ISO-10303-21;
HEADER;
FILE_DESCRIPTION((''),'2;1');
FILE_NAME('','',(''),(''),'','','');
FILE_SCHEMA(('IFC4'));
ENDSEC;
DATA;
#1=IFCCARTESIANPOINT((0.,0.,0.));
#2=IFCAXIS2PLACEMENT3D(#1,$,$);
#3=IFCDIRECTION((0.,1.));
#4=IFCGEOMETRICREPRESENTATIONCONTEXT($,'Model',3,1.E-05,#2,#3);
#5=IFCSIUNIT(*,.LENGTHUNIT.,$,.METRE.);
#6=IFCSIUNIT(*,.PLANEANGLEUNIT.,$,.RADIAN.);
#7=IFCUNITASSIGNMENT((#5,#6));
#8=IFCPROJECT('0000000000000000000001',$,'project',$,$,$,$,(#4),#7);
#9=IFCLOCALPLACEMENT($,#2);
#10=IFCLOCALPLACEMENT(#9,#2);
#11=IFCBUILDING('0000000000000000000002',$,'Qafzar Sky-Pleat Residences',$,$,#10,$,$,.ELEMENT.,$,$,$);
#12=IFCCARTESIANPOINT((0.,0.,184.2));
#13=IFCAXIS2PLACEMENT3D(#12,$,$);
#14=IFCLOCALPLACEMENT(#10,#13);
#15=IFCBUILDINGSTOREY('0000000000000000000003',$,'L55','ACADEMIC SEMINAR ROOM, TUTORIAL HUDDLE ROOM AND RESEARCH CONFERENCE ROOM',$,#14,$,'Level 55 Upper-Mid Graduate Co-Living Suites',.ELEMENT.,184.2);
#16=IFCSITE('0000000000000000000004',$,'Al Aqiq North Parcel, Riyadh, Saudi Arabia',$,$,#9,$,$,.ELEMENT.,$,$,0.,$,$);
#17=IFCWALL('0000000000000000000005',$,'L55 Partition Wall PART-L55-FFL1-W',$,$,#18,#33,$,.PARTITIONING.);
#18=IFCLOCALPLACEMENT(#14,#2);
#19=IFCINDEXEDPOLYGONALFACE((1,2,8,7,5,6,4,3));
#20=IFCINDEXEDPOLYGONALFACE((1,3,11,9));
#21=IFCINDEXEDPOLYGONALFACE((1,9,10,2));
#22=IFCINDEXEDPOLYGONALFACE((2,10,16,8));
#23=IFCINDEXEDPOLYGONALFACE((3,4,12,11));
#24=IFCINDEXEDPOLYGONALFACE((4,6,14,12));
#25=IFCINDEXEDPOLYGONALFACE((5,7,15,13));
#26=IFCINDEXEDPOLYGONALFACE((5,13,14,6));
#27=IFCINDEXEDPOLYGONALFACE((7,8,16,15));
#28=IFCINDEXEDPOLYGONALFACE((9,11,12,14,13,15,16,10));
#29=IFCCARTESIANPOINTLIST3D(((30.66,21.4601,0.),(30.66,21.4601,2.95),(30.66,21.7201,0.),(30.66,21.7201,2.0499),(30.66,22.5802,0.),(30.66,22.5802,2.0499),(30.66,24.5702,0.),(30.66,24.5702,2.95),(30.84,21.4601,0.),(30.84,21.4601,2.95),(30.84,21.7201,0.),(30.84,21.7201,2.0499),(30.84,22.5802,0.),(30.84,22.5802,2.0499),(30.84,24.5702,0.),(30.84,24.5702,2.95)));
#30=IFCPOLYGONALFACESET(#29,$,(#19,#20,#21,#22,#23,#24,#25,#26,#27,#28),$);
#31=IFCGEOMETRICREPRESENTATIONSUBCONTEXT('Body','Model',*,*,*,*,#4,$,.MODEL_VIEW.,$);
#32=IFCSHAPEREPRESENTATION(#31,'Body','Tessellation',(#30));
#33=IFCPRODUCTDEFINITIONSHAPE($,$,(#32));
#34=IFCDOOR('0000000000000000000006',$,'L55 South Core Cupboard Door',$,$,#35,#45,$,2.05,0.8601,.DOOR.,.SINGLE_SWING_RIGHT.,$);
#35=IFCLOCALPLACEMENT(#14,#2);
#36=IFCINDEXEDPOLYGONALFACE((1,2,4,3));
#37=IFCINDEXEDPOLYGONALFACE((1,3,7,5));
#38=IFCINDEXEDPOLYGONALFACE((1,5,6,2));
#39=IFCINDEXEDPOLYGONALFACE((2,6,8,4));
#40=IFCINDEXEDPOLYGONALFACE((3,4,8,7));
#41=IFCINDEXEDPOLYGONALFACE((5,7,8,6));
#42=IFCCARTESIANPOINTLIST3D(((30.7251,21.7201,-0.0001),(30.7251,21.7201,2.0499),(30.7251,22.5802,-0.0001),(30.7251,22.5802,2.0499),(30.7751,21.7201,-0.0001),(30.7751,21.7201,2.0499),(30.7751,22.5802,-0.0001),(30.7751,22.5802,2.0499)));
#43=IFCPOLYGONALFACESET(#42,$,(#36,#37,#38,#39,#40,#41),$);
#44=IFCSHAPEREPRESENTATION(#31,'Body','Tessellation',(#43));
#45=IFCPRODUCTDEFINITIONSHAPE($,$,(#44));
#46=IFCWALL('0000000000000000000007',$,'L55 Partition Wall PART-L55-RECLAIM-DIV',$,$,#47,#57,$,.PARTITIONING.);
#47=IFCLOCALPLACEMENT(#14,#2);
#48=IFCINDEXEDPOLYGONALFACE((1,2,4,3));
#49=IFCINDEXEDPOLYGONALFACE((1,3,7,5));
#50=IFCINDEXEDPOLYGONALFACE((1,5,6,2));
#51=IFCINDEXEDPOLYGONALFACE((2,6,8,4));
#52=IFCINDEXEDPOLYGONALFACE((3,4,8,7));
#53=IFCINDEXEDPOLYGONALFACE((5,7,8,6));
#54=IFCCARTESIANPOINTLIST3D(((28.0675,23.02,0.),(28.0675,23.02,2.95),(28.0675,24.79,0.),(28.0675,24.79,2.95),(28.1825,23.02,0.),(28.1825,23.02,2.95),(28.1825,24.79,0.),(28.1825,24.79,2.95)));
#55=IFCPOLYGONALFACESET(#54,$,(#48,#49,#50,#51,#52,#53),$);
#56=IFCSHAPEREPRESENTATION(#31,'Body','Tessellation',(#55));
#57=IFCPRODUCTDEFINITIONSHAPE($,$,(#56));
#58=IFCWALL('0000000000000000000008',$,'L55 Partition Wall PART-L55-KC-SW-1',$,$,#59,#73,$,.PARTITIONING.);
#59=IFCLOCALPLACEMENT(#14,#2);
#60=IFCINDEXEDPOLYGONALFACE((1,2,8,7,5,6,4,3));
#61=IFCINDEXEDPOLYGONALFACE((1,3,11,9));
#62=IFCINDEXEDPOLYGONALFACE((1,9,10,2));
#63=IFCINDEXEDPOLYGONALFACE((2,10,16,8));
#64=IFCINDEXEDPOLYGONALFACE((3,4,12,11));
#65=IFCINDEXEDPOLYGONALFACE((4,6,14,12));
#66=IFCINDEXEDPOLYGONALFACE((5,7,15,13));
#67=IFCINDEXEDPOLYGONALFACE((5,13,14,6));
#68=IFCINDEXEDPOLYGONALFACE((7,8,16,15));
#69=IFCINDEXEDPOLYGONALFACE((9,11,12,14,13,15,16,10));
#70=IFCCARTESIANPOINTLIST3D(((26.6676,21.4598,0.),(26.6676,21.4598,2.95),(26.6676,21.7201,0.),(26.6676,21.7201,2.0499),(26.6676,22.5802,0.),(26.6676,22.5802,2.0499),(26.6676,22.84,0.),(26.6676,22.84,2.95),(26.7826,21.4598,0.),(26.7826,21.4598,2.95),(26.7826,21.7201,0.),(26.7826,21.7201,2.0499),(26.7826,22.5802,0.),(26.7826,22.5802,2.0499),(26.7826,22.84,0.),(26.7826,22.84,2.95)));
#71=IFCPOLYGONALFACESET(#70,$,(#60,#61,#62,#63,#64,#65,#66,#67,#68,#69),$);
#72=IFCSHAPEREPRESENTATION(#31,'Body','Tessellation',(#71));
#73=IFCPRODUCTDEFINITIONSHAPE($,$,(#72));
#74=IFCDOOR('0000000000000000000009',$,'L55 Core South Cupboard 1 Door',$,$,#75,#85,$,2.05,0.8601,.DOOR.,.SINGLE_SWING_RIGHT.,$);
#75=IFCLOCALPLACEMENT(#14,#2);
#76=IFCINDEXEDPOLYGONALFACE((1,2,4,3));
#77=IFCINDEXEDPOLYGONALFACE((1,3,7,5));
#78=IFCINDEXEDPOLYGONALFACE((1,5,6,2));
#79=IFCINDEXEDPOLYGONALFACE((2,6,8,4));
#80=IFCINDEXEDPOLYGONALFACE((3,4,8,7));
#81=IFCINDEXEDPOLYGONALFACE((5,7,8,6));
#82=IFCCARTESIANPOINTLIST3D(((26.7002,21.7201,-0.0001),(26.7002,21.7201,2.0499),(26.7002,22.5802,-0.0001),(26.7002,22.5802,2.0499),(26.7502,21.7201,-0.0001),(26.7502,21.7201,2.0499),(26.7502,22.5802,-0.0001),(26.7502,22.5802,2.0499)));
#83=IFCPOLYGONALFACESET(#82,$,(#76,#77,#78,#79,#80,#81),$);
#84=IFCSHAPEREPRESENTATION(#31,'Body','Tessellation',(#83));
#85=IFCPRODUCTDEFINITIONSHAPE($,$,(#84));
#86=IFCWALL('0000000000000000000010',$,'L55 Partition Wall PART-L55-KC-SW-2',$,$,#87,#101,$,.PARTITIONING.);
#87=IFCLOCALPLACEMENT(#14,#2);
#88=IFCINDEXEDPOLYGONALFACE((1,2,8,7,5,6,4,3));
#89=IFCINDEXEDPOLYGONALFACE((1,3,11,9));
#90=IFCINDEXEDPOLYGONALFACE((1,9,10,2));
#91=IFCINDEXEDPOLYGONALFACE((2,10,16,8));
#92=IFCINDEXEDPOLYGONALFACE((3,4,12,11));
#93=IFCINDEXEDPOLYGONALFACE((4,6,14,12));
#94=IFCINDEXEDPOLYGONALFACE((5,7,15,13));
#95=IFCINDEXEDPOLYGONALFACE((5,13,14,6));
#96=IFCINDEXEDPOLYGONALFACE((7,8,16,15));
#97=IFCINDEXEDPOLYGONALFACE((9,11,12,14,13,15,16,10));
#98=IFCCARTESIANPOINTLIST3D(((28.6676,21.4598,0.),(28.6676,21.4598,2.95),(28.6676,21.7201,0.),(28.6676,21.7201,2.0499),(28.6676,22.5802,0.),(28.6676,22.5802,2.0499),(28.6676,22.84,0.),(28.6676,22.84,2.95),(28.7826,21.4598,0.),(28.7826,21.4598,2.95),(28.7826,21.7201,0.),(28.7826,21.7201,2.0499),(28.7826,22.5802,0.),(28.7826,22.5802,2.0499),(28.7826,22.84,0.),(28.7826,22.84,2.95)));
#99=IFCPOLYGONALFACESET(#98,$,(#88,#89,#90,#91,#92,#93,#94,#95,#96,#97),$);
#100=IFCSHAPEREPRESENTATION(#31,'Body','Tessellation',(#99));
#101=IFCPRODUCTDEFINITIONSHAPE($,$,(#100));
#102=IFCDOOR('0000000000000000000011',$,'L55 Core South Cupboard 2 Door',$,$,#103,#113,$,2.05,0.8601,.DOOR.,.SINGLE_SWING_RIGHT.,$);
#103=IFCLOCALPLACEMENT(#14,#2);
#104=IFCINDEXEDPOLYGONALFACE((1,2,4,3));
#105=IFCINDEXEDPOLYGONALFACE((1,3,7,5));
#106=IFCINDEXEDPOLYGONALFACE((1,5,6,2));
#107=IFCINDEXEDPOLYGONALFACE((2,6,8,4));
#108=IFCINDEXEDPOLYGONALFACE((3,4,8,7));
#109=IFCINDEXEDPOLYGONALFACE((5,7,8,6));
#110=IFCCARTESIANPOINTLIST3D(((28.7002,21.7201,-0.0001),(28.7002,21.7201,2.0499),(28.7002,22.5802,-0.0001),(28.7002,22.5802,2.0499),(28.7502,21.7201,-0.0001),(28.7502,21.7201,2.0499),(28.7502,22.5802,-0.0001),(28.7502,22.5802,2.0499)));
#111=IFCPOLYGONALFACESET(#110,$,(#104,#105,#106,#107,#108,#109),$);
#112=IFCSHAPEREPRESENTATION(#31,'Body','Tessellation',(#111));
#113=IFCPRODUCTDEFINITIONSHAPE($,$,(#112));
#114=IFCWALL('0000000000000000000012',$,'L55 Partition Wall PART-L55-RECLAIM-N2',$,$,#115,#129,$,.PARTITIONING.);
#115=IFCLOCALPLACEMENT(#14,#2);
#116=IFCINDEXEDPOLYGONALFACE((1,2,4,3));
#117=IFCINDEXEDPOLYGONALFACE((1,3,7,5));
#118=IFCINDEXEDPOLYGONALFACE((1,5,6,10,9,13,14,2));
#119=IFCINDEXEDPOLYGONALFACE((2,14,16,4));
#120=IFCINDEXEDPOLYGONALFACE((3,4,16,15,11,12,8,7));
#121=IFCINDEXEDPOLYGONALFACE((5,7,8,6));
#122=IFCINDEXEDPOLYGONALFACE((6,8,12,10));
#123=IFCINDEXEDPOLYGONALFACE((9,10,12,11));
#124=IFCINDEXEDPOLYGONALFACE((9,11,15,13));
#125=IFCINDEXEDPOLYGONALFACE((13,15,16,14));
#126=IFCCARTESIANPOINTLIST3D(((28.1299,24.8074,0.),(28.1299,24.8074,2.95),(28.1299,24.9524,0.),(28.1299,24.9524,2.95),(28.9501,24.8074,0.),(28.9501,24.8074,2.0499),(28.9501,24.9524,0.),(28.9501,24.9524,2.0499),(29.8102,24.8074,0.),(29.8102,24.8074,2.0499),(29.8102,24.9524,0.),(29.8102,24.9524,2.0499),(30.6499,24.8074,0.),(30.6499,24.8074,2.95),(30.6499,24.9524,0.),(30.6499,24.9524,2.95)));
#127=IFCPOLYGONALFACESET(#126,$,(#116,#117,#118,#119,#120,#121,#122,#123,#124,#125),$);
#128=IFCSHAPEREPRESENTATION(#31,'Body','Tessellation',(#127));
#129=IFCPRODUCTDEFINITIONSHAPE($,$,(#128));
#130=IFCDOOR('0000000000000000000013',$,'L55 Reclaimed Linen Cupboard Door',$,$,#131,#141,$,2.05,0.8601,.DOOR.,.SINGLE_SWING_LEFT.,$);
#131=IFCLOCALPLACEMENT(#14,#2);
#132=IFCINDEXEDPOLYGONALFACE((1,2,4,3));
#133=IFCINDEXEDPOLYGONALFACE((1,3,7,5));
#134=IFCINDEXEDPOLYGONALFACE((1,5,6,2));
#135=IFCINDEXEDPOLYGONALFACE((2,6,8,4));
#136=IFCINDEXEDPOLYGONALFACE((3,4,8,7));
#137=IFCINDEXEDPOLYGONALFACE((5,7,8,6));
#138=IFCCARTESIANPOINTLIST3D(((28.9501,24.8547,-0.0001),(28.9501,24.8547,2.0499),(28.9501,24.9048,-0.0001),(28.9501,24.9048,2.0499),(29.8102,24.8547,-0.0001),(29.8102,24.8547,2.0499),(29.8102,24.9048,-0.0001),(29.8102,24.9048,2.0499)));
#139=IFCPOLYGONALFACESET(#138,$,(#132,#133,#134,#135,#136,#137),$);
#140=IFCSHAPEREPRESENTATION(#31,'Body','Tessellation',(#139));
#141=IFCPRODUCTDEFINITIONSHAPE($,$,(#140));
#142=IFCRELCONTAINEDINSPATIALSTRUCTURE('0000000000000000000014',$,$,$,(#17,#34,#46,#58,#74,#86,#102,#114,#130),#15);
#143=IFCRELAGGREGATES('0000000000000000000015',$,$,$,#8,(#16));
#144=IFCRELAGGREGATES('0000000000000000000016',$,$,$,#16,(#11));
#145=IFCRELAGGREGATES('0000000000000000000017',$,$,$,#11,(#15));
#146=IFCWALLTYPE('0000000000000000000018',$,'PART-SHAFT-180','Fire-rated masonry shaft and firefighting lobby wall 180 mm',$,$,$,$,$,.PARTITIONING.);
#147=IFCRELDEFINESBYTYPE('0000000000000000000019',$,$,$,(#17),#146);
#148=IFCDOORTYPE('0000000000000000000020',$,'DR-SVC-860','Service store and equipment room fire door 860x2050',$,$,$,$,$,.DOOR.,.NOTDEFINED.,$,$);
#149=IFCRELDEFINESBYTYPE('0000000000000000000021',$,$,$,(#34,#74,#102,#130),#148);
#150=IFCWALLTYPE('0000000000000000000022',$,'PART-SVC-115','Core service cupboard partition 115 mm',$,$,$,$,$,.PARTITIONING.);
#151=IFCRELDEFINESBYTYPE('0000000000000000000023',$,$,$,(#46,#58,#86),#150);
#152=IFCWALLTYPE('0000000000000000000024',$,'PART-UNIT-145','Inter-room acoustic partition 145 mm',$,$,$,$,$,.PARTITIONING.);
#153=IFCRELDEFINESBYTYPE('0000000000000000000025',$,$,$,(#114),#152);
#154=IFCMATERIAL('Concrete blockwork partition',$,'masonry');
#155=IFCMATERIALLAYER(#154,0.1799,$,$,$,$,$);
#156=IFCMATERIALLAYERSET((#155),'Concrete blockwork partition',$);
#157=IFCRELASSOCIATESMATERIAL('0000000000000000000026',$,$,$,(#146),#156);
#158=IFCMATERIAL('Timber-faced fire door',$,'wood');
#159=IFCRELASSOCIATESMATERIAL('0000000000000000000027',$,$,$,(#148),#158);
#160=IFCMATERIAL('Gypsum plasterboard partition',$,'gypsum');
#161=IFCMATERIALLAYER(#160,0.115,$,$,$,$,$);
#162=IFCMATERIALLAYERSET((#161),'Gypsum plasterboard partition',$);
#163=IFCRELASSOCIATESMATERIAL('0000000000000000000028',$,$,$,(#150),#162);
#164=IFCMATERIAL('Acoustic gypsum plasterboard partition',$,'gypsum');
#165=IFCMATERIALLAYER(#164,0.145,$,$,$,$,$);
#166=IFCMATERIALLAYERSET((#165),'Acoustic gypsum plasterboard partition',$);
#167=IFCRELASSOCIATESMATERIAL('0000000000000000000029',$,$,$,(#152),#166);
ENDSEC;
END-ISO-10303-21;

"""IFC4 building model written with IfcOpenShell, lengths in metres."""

from ifc_helpers import new_model, si_unit, direction, frame, frame_2d, origin, place, context, subcontext, project, spatial, rectangle, extrude, source, transform, mapped, material, layer, layer_set, type_object, element, fill, save


model = new_model("IFC4")

# Units and contexts
model_context = context("Model", 3, precision=1e-05, world=origin(), true_north=direction((0.0, 1.0)))
body_context = subcontext(model_context, "Body", "Model", "MODEL_VIEW")
ifc_project = project(units=[si_unit("LENGTHUNIT", "METRE"), si_unit("PLANEANGLEUNIT", "RADIAN")], contexts=[model_context])

# Site, building, storey
site_placement = place(None, origin())
site = spatial("IfcSite", under=ifc_project, at=site_placement, Name="Al Aqiq North Parcel, Riyadh, Saudi Arabia", CompositionType="ELEMENT", RefElevation=0.0)
building_placement = place(site_placement, origin())
building = spatial("IfcBuilding", under=site, at=building_placement, Name="Qafzar Sky-Pleat Residences", CompositionType="ELEMENT")
storey_placement = place(building_placement, frame((0.0, 0.0, 184.2)))
storey = spatial("IfcBuildingStorey", under=building, at=storey_placement, Name="L55", Description="ACADEMIC SEMINAR ROOM, TUTORIAL HUDDLE ROOM AND RESEARCH CONFERENCE ROOM", LongName="Level 55 Upper-Mid Graduate Co-Living Suites", CompositionType="ELEMENT", Elevation=184.2)

# Wall, opening, door
ifc_material_1 = material(Name="Concrete blockwork partition", Category="masonry")
ifc_layer_1 = layer(ifc_material_1, 0.1799)
ifc_layer_set_1 = layer_set([ifc_layer_1], Name="Concrete blockwork partition")
wall_type_1 = type_object("IfcWallType", Name="PART-SHAFT-180", Description="Fire-rated masonry shaft and firefighting lobby wall 180 mm", PredefinedType="PARTITIONING", material=ifc_layer_set_1)
wall_1_placement = place(storey_placement, frame((30.75, 21.46, 0.0), z_axis=(0.0, 0.0, 1.0), x_axis=(0.0, 1.0, 0.0)))
wall_1 = element("IfcWall", 1, at=wall_1_placement, inside=storey, type_object=wall_type_1, Name="L55 Partition Wall PART-L55-FFL1-W", PredefinedType="PARTITIONING", context=body_context, shape_type="SweptSolid", body=[
    extrude(rectangle(XDim=3.1101, YDim=0.1799, at=frame_2d((1.5552, 0.0))), origin(), (0.0, 0.0, 1.0), 2.95),
])
opening_1_placement = place(wall_1_placement, frame((0.26, 0.0, 0.0)))
opening_1 = element("IfcOpeningElement", 2, at=opening_1_placement, cuts=wall_1, PredefinedType="OPENING", context=body_context, shape_type="SweptSolid", body=[
    extrude(rectangle(XDim=0.8601, YDim=2.05, at=frame_2d((0.4302, 1.0249))), frame((0.0, 0.1001, 0.0), z_axis=(0.0, -1.0, 0.0), x_axis=(1.0, 0.0, 0.0)), (0.0, 0.0, 1.0), 0.2),
])
ifc_material_2 = material(Name="Timber-faced fire door", Category="wood")
door_type_1 = type_object("IfcDoorType", Name="DR-SVC-860", Description="Service store and equipment room fire door 860x2050", OperationType="NOTDEFINED", PredefinedType="DOOR", material=ifc_material_2)
shared_shape_1 = source(origin(), body_context, "Body", "SweptSolid", [
    extrude(rectangle(XDim=0.8601, YDim=2.05, at=frame_2d((0.4302, 1.0249))), frame((0.0, 0.0249, 0.0), z_axis=(0.0, -1.0, 0.0), x_axis=(1.0, 0.0, 0.0)), (0.0, 0.0, 1.0), 0.05),
])
door_1_placement = place(opening_1_placement, origin())
door_1 = element("IfcDoor", 3, at=door_1_placement, inside=storey, type_object=door_type_1, Name="L55 South Core Cupboard Door", OperationType="SINGLE_SWING_RIGHT", OverallHeight=2.05, OverallWidth=0.8601, PredefinedType="DOOR", context=body_context, shape_type="MappedRepresentation", body=[
    mapped(shared_shape_1, transform((0.0, 0.0, 0.0), x_axis=(1.0, 0.0, 0.0), y_axis=(0.0, 1.0, 0.0), z_axis=(0.0, 0.0, 1.0), scale=1.0)),
])
fill(opening_1, door_1)

# Wall
ifc_material_3 = material(Name="Gypsum plasterboard partition", Category="gypsum")
ifc_layer_2 = layer(ifc_material_3, 0.115)
ifc_layer_set_2 = layer_set([ifc_layer_2], Name="Gypsum plasterboard partition")
wall_type_2 = type_object("IfcWallType", Name="PART-SVC-115", Description="Core service cupboard partition 115 mm", PredefinedType="PARTITIONING", material=ifc_layer_set_2)
wall_2_placement = place(storey_placement, frame((28.125, 23.02, 0.0), z_axis=(0.0, 0.0, 1.0), x_axis=(0.0, 1.0, 0.0)))
element("IfcWall", 4, at=wall_2_placement, inside=storey, type_object=wall_type_2, Name="L55 Partition Wall PART-L55-RECLAIM-DIV", PredefinedType="PARTITIONING", context=body_context, shape_type="SweptSolid", body=[
    extrude(rectangle(XDim=1.77, YDim=0.115, at=frame_2d((0.885, 0.0))), origin(), (0.0, 0.0, 1.0), 2.95),
])

# Walls, openings, doors
wall_3_placement = place(storey_placement, frame((26.7251, 21.46, 0.0), z_axis=(0.0, 0.0, 1.0), x_axis=(0.0, 1.0, 0.0)))
wall_3 = element("IfcWall", 5, at=wall_3_placement, inside=storey, type_object=wall_type_2, Name="L55 Partition Wall PART-L55-KC-SW-1", PredefinedType="PARTITIONING", context=body_context, shape_type="SweptSolid", body=[
    extrude(rectangle(XDim=1.3801, YDim=0.115, at=frame_2d((0.6899, 0.0))), origin(), (0.0, 0.0, 1.0), 2.95),
])
opening_2_placement = place(wall_3_placement, frame((0.26, 0.0, 0.0)))
opening_2 = element("IfcOpeningElement", 6, at=opening_2_placement, cuts=wall_3, PredefinedType="OPENING", context=body_context, shape_type="SweptSolid", body=[
    extrude(rectangle(XDim=0.8601, YDim=2.05, at=frame_2d((0.4302, 1.0249))), frame((0.0, 0.0674, 0.0), z_axis=(0.0, -1.0, 0.0), x_axis=(1.0, 0.0, 0.0)), (0.0, 0.0, 1.0), 0.135),
])
door_2_placement = place(opening_2_placement, origin())
door_2 = element("IfcDoor", 7, at=door_2_placement, inside=storey, type_object=door_type_1, Name="L55 Core South Cupboard 1 Door", OperationType="SINGLE_SWING_RIGHT", OverallHeight=2.05, OverallWidth=0.8601, PredefinedType="DOOR", context=body_context, shape_type="MappedRepresentation", body=[
    mapped(shared_shape_1, transform((0.0, 0.0, 0.0), x_axis=(1.0, 0.0, 0.0), y_axis=(0.0, 1.0, 0.0), z_axis=(0.0, 0.0, 1.0), scale=1.0)),
])
fill(opening_2, door_2)
wall_4_placement = place(storey_placement, frame((28.7251, 21.46, 0.0), z_axis=(0.0, 0.0, 1.0), x_axis=(0.0, 1.0, 0.0)))
wall_4 = element("IfcWall", 8, at=wall_4_placement, inside=storey, type_object=wall_type_2, Name="L55 Partition Wall PART-L55-KC-SW-2", PredefinedType="PARTITIONING", context=body_context, shape_type="SweptSolid", body=[
    extrude(rectangle(XDim=1.3801, YDim=0.115, at=frame_2d((0.6899, 0.0))), origin(), (0.0, 0.0, 1.0), 2.95),
])
opening_3_placement = place(wall_4_placement, frame((0.26, 0.0, 0.0)))
opening_3 = element("IfcOpeningElement", 9, at=opening_3_placement, cuts=wall_4, PredefinedType="OPENING", context=body_context, shape_type="SweptSolid", body=[
    extrude(rectangle(XDim=0.8601, YDim=2.05, at=frame_2d((0.4302, 1.0249))), frame((0.0, 0.0674, 0.0), z_axis=(0.0, -1.0, 0.0), x_axis=(1.0, 0.0, 0.0)), (0.0, 0.0, 1.0), 0.135),
])
door_3_placement = place(opening_3_placement, origin())
door_3 = element("IfcDoor", 10, at=door_3_placement, inside=storey, type_object=door_type_1, Name="L55 Core South Cupboard 2 Door", OperationType="SINGLE_SWING_RIGHT", OverallHeight=2.05, OverallWidth=0.8601, PredefinedType="DOOR", context=body_context, shape_type="MappedRepresentation", body=[
    mapped(shared_shape_1, transform((0.0, 0.0, 0.0), x_axis=(1.0, 0.0, 0.0), y_axis=(0.0, 1.0, 0.0), z_axis=(0.0, 0.0, 1.0), scale=1.0)),
])
fill(opening_3, door_3)
ifc_material_4 = material(Name="Acoustic gypsum plasterboard partition", Category="gypsum")
ifc_layer_3 = layer(ifc_material_4, 0.145)
ifc_layer_set_3 = layer_set([ifc_layer_3], Name="Acoustic gypsum plasterboard partition")
wall_type_3 = type_object("IfcWallType", Name="PART-UNIT-145", Description="Inter-room acoustic partition 145 mm", PredefinedType="PARTITIONING", material=ifc_layer_set_3)
wall_5_placement = place(storey_placement, frame((28.1299, 24.8799, 0.0), z_axis=(0.0, 0.0, 1.0), x_axis=(1.0, 0.0, 0.0)))
wall_5 = element("IfcWall", 11, at=wall_5_placement, inside=storey, type_object=wall_type_3, Name="L55 Partition Wall PART-L55-RECLAIM-N2", PredefinedType="PARTITIONING", context=body_context, shape_type="SweptSolid", body=[
    extrude(rectangle(XDim=2.52, YDim=0.145, at=frame_2d((1.26, 0.0))), origin(), (0.0, 0.0, 1.0), 2.95),
])
opening_4_placement = place(wall_5_placement, frame((0.8201, 0.0, 0.0)))
opening_4 = element("IfcOpeningElement", 12, at=opening_4_placement, cuts=wall_5, PredefinedType="OPENING", context=body_context, shape_type="SweptSolid", body=[
    extrude(rectangle(XDim=0.8601, YDim=2.05, at=frame_2d((0.4302, 1.0249))), frame((0.0, 0.0825, 0.0), z_axis=(0.0, -1.0, 0.0), x_axis=(1.0, 0.0, 0.0)), (0.0, 0.0, 1.0), 0.165),
])
door_4_placement = place(opening_4_placement, origin())
door_4 = element("IfcDoor", 13, at=door_4_placement, inside=storey, type_object=door_type_1, Name="L55 Reclaimed Linen Cupboard Door", OperationType="SINGLE_SWING_LEFT", OverallHeight=2.05, OverallWidth=0.8601, PredefinedType="DOOR", context=body_context, shape_type="MappedRepresentation", body=[
    mapped(shared_shape_1, transform((0.0, 0.0, 0.0), x_axis=(1.0, 0.0, 0.0), y_axis=(0.0, 1.0, 0.0), z_axis=(0.0, 0.0, 1.0), scale=1.0)),
])
fill(opening_4, door_4)

save(model, "model.ifc")
